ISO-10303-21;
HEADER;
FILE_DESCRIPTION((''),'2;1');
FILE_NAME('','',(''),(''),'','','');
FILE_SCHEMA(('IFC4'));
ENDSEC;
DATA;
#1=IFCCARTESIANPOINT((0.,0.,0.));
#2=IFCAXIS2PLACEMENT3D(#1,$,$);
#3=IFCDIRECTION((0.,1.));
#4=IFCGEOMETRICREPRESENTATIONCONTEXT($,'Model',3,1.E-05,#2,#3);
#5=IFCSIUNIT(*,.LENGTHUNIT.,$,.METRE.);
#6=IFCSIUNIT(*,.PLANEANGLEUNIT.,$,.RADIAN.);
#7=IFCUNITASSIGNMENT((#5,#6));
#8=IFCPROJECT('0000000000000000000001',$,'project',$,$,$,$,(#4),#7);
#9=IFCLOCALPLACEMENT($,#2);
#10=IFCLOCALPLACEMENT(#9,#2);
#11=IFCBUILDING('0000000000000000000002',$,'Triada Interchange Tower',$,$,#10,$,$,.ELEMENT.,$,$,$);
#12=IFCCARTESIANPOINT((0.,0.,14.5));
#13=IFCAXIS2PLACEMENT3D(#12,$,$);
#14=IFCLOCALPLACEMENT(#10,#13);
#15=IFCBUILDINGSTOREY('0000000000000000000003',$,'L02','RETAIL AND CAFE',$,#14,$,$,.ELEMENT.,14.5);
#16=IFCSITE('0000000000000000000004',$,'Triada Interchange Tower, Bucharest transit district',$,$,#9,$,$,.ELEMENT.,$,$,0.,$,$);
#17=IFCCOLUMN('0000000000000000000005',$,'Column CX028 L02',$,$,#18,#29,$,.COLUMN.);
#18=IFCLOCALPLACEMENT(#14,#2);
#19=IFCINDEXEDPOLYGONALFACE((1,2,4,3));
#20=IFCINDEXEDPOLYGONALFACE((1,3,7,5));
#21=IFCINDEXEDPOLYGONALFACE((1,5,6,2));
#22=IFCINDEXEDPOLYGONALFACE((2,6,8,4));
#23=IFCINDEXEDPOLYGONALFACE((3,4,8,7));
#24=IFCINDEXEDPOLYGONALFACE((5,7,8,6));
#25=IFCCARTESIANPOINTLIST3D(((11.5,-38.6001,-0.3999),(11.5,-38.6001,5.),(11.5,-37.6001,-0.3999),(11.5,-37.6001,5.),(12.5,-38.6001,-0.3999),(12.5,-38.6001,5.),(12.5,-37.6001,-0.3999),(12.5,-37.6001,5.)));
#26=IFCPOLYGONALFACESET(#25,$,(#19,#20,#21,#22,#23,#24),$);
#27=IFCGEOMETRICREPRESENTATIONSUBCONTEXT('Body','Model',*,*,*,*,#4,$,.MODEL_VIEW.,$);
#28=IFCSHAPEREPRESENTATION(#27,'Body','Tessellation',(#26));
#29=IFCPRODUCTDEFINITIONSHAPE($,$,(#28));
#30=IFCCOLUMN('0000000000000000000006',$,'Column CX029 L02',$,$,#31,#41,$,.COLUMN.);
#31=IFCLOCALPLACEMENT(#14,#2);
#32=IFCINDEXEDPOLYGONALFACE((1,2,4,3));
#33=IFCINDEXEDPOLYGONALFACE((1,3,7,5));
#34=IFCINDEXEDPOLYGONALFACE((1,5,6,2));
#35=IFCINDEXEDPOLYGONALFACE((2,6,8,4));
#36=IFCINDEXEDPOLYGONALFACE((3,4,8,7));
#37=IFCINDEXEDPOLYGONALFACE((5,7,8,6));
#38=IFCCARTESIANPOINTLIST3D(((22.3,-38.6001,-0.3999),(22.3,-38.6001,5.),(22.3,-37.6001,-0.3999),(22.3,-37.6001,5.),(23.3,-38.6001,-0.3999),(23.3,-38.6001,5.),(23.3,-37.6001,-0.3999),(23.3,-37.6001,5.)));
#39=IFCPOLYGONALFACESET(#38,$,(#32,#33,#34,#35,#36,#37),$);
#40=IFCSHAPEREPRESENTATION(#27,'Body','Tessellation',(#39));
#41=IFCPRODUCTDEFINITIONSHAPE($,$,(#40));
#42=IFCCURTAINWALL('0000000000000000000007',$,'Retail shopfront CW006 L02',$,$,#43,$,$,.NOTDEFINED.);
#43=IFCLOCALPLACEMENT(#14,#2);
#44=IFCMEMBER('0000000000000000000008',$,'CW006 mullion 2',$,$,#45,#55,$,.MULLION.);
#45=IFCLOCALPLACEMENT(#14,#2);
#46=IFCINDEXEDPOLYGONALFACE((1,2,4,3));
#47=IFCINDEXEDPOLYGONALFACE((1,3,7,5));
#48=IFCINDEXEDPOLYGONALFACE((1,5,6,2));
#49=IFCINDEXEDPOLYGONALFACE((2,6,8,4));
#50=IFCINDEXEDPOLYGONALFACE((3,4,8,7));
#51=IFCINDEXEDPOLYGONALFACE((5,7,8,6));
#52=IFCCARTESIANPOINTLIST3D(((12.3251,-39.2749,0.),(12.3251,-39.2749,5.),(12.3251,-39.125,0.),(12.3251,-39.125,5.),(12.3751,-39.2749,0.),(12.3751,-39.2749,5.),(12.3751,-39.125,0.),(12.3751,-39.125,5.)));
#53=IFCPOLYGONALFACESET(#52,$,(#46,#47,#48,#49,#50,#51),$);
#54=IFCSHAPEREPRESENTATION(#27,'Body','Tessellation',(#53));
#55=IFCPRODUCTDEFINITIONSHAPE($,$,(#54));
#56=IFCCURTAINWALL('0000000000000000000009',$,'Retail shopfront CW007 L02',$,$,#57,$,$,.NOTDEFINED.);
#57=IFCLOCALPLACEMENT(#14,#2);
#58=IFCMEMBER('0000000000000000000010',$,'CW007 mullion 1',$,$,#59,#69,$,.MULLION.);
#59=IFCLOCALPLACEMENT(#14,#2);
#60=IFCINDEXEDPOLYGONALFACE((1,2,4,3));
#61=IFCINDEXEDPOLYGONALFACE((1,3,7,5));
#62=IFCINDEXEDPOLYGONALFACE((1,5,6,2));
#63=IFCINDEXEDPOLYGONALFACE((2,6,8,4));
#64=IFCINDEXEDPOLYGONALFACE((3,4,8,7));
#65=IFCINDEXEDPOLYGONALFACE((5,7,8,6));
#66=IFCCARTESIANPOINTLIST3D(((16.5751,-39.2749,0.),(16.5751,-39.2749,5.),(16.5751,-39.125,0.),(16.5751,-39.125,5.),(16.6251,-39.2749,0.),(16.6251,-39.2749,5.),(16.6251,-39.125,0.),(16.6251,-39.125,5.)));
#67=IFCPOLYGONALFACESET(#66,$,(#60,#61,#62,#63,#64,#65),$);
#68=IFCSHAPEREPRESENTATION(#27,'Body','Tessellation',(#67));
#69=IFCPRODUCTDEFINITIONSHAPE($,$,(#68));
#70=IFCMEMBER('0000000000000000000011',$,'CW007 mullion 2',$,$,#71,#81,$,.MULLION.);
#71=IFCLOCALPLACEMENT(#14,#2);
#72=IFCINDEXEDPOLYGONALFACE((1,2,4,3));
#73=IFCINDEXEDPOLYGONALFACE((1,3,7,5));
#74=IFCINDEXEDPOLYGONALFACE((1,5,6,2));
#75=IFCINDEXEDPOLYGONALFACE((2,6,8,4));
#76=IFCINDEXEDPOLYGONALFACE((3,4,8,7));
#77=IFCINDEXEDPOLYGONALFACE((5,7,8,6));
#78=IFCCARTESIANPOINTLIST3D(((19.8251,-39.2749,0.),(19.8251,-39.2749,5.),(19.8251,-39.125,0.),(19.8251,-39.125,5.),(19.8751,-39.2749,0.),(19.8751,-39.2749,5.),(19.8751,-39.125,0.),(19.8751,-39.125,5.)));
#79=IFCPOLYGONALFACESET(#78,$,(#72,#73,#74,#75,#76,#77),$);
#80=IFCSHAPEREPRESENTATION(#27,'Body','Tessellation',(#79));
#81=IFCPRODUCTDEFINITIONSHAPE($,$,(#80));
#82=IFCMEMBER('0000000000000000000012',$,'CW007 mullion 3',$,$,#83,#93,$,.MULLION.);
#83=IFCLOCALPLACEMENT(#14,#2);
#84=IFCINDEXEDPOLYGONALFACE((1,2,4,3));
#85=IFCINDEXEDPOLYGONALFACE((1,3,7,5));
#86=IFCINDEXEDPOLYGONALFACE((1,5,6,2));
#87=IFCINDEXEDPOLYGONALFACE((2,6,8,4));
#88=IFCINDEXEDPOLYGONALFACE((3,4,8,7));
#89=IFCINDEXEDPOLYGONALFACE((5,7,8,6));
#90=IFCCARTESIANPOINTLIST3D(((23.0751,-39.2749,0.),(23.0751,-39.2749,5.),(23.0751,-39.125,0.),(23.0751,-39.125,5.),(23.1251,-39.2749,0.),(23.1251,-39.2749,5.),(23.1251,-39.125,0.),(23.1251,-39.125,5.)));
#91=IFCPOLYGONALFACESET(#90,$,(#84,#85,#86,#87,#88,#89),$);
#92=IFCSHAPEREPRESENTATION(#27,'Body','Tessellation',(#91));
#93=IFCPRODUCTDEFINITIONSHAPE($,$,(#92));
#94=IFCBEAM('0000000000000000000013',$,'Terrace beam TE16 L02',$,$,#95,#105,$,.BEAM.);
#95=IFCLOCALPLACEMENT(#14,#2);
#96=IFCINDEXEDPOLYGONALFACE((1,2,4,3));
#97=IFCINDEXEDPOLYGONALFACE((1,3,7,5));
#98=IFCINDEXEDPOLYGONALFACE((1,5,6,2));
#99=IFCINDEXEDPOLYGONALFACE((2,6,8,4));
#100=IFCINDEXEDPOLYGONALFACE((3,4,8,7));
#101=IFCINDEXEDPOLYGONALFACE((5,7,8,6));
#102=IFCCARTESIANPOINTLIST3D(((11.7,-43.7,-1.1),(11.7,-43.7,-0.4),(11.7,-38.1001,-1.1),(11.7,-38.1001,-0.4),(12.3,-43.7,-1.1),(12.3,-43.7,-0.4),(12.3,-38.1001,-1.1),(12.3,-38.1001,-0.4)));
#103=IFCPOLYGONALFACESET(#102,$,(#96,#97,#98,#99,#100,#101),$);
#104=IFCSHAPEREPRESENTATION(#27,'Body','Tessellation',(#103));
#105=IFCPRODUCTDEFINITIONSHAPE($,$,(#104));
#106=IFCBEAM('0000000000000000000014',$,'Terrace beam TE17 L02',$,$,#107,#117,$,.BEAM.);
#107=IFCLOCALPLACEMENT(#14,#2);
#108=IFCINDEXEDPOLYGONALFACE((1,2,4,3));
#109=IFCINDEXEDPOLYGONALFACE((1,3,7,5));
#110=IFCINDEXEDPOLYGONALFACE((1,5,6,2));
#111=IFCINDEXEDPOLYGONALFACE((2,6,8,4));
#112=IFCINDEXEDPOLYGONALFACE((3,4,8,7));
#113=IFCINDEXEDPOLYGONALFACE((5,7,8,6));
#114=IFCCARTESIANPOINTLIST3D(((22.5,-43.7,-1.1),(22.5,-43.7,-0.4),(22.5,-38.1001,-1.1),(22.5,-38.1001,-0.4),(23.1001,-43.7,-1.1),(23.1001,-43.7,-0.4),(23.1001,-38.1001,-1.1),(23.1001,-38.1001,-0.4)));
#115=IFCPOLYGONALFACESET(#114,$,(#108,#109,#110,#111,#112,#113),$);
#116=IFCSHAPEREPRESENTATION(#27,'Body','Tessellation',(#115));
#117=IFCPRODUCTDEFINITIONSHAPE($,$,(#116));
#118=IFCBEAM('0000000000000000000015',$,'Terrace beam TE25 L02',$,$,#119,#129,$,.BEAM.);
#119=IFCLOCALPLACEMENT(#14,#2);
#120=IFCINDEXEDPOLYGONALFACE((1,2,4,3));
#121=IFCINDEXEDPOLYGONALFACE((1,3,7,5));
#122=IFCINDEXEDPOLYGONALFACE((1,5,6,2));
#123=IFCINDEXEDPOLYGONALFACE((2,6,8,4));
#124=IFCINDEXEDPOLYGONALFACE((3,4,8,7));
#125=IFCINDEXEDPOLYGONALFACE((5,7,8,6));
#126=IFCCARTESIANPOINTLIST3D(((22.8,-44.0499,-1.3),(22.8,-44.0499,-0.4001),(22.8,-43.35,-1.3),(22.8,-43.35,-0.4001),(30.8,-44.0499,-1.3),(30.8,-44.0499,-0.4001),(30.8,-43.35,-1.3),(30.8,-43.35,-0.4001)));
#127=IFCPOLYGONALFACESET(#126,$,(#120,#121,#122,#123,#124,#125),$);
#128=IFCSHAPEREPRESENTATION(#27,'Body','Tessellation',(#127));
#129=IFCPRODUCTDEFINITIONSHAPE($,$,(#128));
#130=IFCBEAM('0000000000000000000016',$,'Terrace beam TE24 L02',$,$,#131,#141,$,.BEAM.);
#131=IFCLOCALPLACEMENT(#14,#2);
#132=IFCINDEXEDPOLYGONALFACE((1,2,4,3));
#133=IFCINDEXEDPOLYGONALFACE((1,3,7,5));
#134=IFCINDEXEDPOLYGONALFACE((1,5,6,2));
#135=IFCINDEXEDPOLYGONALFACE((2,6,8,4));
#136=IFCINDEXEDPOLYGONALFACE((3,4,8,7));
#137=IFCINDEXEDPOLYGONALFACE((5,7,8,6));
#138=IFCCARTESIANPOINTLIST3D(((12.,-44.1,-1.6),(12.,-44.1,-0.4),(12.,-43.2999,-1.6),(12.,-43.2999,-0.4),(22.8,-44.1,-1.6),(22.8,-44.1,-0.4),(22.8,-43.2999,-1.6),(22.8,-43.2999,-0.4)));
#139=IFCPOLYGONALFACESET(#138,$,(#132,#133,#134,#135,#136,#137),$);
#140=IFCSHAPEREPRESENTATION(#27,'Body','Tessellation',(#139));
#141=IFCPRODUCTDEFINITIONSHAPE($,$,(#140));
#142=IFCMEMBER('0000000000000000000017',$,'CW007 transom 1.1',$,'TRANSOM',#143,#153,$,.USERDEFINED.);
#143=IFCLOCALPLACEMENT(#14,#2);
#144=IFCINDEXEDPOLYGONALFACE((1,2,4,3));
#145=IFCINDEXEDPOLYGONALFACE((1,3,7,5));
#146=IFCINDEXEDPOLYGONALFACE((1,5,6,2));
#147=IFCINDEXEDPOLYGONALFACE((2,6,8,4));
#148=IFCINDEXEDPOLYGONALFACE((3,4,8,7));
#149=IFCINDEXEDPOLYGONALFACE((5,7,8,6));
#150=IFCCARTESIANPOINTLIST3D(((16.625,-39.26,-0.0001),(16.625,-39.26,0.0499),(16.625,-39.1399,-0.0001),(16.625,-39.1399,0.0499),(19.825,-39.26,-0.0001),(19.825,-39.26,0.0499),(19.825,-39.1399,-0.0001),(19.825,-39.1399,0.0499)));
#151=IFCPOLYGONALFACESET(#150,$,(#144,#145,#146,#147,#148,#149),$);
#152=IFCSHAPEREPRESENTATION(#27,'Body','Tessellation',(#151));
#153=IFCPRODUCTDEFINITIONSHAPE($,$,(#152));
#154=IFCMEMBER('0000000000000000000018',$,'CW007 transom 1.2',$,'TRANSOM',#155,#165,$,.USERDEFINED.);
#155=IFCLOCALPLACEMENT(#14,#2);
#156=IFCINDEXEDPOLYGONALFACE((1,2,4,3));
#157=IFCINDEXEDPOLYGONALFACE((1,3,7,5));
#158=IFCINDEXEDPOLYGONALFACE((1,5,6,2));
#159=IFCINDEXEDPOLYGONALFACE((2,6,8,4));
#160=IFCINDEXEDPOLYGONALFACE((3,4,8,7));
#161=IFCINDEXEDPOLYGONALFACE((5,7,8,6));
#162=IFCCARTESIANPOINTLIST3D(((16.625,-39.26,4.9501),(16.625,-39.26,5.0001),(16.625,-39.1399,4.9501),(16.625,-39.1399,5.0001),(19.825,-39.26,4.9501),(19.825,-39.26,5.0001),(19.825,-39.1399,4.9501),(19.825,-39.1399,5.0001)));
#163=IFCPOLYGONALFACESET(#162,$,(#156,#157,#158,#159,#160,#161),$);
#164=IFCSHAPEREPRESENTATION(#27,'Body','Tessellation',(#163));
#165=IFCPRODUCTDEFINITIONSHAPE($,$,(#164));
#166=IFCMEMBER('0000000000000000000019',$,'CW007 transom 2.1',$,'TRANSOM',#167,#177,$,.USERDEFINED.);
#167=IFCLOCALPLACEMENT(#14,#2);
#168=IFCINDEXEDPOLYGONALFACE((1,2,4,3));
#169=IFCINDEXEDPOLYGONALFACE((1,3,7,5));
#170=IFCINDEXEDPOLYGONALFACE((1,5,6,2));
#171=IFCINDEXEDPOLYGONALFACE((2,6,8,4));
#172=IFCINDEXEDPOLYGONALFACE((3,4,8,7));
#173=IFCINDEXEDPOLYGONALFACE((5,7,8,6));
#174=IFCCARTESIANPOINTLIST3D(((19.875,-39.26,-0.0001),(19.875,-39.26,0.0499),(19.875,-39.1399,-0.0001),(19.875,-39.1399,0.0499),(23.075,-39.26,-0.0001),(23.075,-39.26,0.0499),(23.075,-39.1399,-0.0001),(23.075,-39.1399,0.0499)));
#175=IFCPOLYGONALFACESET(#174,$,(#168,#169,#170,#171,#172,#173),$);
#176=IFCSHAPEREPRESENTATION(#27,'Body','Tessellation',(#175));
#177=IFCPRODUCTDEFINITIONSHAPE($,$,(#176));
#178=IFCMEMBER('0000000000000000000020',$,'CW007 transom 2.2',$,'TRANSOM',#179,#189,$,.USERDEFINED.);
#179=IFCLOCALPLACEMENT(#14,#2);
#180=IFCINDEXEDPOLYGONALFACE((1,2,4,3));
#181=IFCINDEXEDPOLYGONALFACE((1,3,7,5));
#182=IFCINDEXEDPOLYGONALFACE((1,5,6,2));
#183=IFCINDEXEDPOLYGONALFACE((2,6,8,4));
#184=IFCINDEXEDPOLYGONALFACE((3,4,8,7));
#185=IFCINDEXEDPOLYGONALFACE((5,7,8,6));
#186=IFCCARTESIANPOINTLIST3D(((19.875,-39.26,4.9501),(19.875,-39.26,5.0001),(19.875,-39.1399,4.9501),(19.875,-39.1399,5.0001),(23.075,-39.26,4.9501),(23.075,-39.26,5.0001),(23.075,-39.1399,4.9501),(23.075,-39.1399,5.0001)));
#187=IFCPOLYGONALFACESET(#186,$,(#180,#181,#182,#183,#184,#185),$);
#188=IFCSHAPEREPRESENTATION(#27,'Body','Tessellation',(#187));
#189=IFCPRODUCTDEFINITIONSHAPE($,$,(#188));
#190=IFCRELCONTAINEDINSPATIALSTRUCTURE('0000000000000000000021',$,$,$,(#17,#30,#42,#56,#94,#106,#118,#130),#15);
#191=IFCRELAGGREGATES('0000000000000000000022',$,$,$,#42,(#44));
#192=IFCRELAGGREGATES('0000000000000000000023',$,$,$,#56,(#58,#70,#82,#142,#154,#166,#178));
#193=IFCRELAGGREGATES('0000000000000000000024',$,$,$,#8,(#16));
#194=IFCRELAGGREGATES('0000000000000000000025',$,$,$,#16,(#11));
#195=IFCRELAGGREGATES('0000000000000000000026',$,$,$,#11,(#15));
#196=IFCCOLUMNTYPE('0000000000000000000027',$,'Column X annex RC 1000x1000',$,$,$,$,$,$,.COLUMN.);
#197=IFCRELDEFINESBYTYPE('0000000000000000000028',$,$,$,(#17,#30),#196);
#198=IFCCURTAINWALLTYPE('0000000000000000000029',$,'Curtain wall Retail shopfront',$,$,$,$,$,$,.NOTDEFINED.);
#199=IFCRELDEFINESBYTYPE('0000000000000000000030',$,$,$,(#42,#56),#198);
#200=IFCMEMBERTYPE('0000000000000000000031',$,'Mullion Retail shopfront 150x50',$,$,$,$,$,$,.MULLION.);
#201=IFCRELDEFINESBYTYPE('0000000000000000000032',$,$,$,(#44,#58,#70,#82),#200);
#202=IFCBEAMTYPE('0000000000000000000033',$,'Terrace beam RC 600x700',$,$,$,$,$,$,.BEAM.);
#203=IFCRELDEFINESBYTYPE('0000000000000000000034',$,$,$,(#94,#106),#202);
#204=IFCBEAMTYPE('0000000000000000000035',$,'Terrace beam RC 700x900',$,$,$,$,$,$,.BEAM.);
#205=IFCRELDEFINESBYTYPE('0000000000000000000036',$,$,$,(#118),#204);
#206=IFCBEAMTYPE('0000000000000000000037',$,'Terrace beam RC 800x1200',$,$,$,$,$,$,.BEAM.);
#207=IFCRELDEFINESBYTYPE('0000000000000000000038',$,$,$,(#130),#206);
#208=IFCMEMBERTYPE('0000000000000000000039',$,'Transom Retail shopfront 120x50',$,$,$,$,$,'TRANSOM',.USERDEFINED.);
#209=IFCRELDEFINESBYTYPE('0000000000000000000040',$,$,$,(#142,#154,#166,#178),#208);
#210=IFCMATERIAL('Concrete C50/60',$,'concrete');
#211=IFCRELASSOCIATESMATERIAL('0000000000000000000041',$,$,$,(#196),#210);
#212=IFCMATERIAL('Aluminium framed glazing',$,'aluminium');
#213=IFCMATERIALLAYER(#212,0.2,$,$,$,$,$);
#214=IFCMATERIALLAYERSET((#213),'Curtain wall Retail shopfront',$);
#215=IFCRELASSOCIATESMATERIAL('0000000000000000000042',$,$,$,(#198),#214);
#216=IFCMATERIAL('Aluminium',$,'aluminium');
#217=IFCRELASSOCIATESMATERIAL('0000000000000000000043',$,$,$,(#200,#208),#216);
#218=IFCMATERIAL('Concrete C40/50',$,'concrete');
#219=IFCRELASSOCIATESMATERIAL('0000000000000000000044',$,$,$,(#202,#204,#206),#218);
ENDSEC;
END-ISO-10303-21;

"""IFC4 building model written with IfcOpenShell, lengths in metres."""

from ifc_helpers import new_model, si_unit, direction, frame, origin, origin_2d, place, context, subcontext, project, spatial, rectangle, extrude, material, layer, layer_set, material_profile, profile_set, type_object, element, aggregate, save


model = new_model("IFC4")

# Units and contexts
model_context = context("Model", 3, precision=1e-05, world=origin(), true_north=direction((0.0, 1.0)))
body_context = subcontext(model_context, "Body", "Model", "MODEL_VIEW")
ifc_project = project(units=[si_unit("LENGTHUNIT", "METRE"), si_unit("PLANEANGLEUNIT", "RADIAN")], contexts=[model_context])

# Site, building, storey
site_placement = place(None, origin())
site = spatial("IfcSite", under=ifc_project, at=site_placement, Name="Triada Interchange Tower, Bucharest transit district", CompositionType="ELEMENT", RefElevation=0.0)
building_placement = place(site_placement, origin())
building = spatial("IfcBuilding", under=site, at=building_placement, Name="Triada Interchange Tower", CompositionType="ELEMENT")
storey_placement = place(building_placement, frame((0.0, 0.0, 14.5)))
storey = spatial("IfcBuildingStorey", under=building, at=storey_placement, Name="L02", Description="RETAIL AND CAFE", CompositionType="ELEMENT", Elevation=14.5)

# Columns
ifc_material_1 = material(Name="Concrete C50/60", Category="concrete")
ifc_material_profile_1 = material_profile(ifc_material_1, rectangle(XDim=1.0, YDim=1.0, at=origin_2d()), Name="RC 1000x1000")
ifc_profile_set_1 = profile_set([ifc_material_profile_1], Name="Concrete C50/60")
column_type = type_object("IfcColumnType", Name="Column X annex RC 1000x1000", PredefinedType="COLUMN", material=ifc_profile_set_1)
for number, where, z_axis, x_axis, name in (
    (1, (12.0, -38.1001, -0.3999), (0.0, 0.0, 1.0), (1.0, 0.0, 0.0), "Column CX028 L02"),
    (2, (22.8, -38.1001, -0.3999), (0.0, 0.0, 1.0), (1.0, 0.0, 0.0), "Column CX029 L02"),
):
    element("IfcColumn", number, at=place(storey_placement, frame(where, z_axis=z_axis, x_axis=x_axis)), inside=storey, type_object=column_type, Name=name, PredefinedType="COLUMN", context=body_context, shape_type="SweptSolid", body=[
        extrude(rectangle(XDim=1.0, YDim=1.0, at=origin_2d()), origin(), (0.0, 0.0, 1.0), 5.3999),
    ])

# Curtain wall, member
ifc_material_2 = material(Name="Aluminium framed glazing", Category="aluminium")
ifc_layer_1 = layer(ifc_material_2, 0.2)
ifc_layer_set_1 = layer_set([ifc_layer_1], Name="Curtain wall Retail shopfront")
curtain_wall_type = type_object("IfcCurtainWallType", Name="Curtain wall Retail shopfront", PredefinedType="NOTDEFINED", material=ifc_layer_set_1)
curtain_wall_1_placement = place(storey_placement, origin())
curtain_wall_1 = element("IfcCurtainWall", 3, at=curtain_wall_1_placement, inside=storey, type_object=curtain_wall_type, Name="Retail shopfront CW006 L02", PredefinedType="NOTDEFINED")
ifc_material_3 = material(Name="Aluminium", Category="aluminium")
ifc_material_profile_2 = material_profile(ifc_material_3, rectangle(XDim=0.1499, YDim=0.05, at=origin_2d()), Name="Aluminium mullion")
ifc_profile_set_2 = profile_set([ifc_material_profile_2], Name="Aluminium")
member_type_1 = type_object("IfcMemberType", Name="Mullion Retail shopfront 150x50", PredefinedType="MULLION", material=ifc_profile_set_2)
member_1_placement = place(storey_placement, frame((12.3501, -39.2, 0.0), z_axis=(0.0, 0.0, 1.0), x_axis=(0.0, 1.0, 0.0)))
member_1 = element("IfcMember", 4, at=member_1_placement, type_object=member_type_1, Name="CW006 mullion 2", PredefinedType="MULLION", context=body_context, shape_type="SweptSolid", body=[
    extrude(rectangle(XDim=0.1499, YDim=0.05, at=origin_2d()), origin(), (0.0, 0.0, 1.0), 5.0),
])

# Curtain wall, members
curtain_wall_2_placement = place(storey_placement, origin())
curtain_wall_2 = element("IfcCurtainWall", 5, at=curtain_wall_2_placement, inside=storey, type_object=curtain_wall_type, Name="Retail shopfront CW007 L02", PredefinedType="NOTDEFINED")
member_2_placement = place(storey_placement, frame((16.6001, -39.2, 0.0), z_axis=(0.0, 0.0, 1.0), x_axis=(0.0, 1.0, 0.0)))
member_2 = element("IfcMember", 6, at=member_2_placement, type_object=member_type_1, Name="CW007 mullion 1", PredefinedType="MULLION", context=body_context, shape_type="SweptSolid", body=[
    extrude(rectangle(XDim=0.1499, YDim=0.05, at=origin_2d()), origin(), (0.0, 0.0, 1.0), 5.0),
])
member_3_placement = place(storey_placement, frame((19.8501, -39.2, 0.0), z_axis=(0.0, 0.0, 1.0), x_axis=(0.0, 1.0, 0.0)))
member_3 = element("IfcMember", 7, at=member_3_placement, type_object=member_type_1, Name="CW007 mullion 2", PredefinedType="MULLION", context=body_context, shape_type="SweptSolid", body=[
    extrude(rectangle(XDim=0.1499, YDim=0.05, at=origin_2d()), origin(), (0.0, 0.0, 1.0), 5.0),
])
member_4_placement = place(storey_placement, frame((23.1001, -39.2, 0.0), z_axis=(0.0, 0.0, 1.0), x_axis=(0.0, 1.0, 0.0)))
member_4 = element("IfcMember", 8, at=member_4_placement, type_object=member_type_1, Name="CW007 mullion 3", PredefinedType="MULLION", context=body_context, shape_type="SweptSolid", body=[
    extrude(rectangle(XDim=0.1499, YDim=0.05, at=origin_2d()), origin(), (0.0, 0.0, 1.0), 5.0),
])

# Beams
ifc_material_4 = material(Name="Concrete C40/50", Category="concrete")
ifc_material_profile_3 = material_profile(ifc_material_4, rectangle(XDim=0.6001, YDim=0.7, at=origin_2d()), Name="RC 600x700")
ifc_profile_set_3 = profile_set([ifc_material_profile_3], Name="Concrete C40/50")
beam_type_1 = type_object("IfcBeamType", Name="Terrace beam RC 600x700", PredefinedType="BEAM", material=ifc_profile_set_3)
for number, where, z_axis, x_axis, name in (
    (9, (12.0, -43.7, -0.75), (0.0, 1.0, 0.0), (-1.0, 0.0, 0.0), "Terrace beam TE16 L02"),
    (10, (22.8, -43.7, -0.75), (0.0, 1.0, 0.0), (-1.0, 0.0, 0.0), "Terrace beam TE17 L02"),
):
    element("IfcBeam", number, at=place(storey_placement, frame(where, z_axis=z_axis, x_axis=x_axis)), inside=storey, type_object=beam_type_1, Name=name, PredefinedType="BEAM", context=body_context, shape_type="SweptSolid", body=[
        extrude(rectangle(XDim=0.6001, YDim=0.7, at=origin_2d()), origin(), (0.0, 0.0, 1.0), 5.5999),
    ])
ifc_material_profile_4 = material_profile(ifc_material_4, rectangle(XDim=0.7, YDim=0.8999, at=origin_2d()), Name="RC 700x900")
ifc_profile_set_4 = profile_set([ifc_material_profile_4], Name="Concrete C40/50")
beam_type_2 = type_object("IfcBeamType", Name="Terrace beam RC 700x900", PredefinedType="BEAM", material=ifc_profile_set_4)
beam_1_placement = place(storey_placement, frame((22.8, -43.7, -0.8501), z_axis=(1.0, 0.0, 0.0), x_axis=(0.0, 1.0, 0.0)))
element("IfcBeam", 11, at=beam_1_placement, inside=storey, type_object=beam_type_2, Name="Terrace beam TE25 L02", PredefinedType="BEAM", context=body_context, shape_type="SweptSolid", body=[
    extrude(rectangle(XDim=0.7, YDim=0.8999, at=origin_2d()), origin(), (0.0, 0.0, 1.0), 8.0),
])
ifc_material_profile_5 = material_profile(ifc_material_4, rectangle(XDim=0.8, YDim=1.2, at=origin_2d()), Name="RC 800x1200")
ifc_profile_set_5 = profile_set([ifc_material_profile_5], Name="Concrete C40/50")
beam_type_3 = type_object("IfcBeamType", Name="Terrace beam RC 800x1200", PredefinedType="BEAM", material=ifc_profile_set_5)
beam_2_placement = place(storey_placement, frame((12.0, -43.7, -1.0), z_axis=(1.0, 0.0, 0.0), x_axis=(0.0, 1.0, 0.0)))
element("IfcBeam", 12, at=beam_2_placement, inside=storey, type_object=beam_type_3, Name="Terrace beam TE24 L02", PredefinedType="BEAM", context=body_context, shape_type="SweptSolid", body=[
    extrude(rectangle(XDim=0.8, YDim=1.2, at=origin_2d()), origin(), (0.0, 0.0, 1.0), 10.8),
])

# Members
ifc_material_profile_6 = material_profile(ifc_material_3, rectangle(XDim=0.1201, YDim=0.05, at=origin_2d()), Name="Aluminium transom")
ifc_profile_set_6 = profile_set([ifc_material_profile_6], Name="Aluminium")
member_type_2 = type_object("IfcMemberType", Name="Transom Retail shopfront 120x50", ElementType="TRANSOM", PredefinedType="USERDEFINED", material=ifc_profile_set_6)
member_5_placement = place(storey_placement, frame((16.625, -39.2, 0.0249), z_axis=(1.0, 0.0, 0.0), x_axis=(0.0, 1.0, 0.0)))
member_5 = element("IfcMember", 13, at=member_5_placement, type_object=member_type_2, Name="CW007 transom 1.1", ObjectType="TRANSOM", PredefinedType="USERDEFINED", context=body_context, shape_type="SweptSolid", body=[
    extrude(rectangle(XDim=0.1201, YDim=0.05, at=origin_2d()), origin(), (0.0, 0.0, 1.0), 3.2),
])
member_6_placement = place(storey_placement, frame((16.625, -39.2, 4.9751), z_axis=(1.0, 0.0, 0.0), x_axis=(0.0, 1.0, 0.0)))
member_6 = element("IfcMember", 14, at=member_6_placement, type_object=member_type_2, Name="CW007 transom 1.2", ObjectType="TRANSOM", PredefinedType="USERDEFINED", context=body_context, shape_type="SweptSolid", body=[
    extrude(rectangle(XDim=0.1201, YDim=0.05, at=origin_2d()), origin(), (0.0, 0.0, 1.0), 3.2),
])
member_7_placement = place(storey_placement, frame((19.875, -39.2, 0.0249), z_axis=(1.0, 0.0, 0.0), x_axis=(0.0, 1.0, 0.0)))
member_7 = element("IfcMember", 15, at=member_7_placement, type_object=member_type_2, Name="CW007 transom 2.1", ObjectType="TRANSOM", PredefinedType="USERDEFINED", context=body_context, shape_type="SweptSolid", body=[
    extrude(rectangle(XDim=0.1201, YDim=0.05, at=origin_2d()), origin(), (0.0, 0.0, 1.0), 3.2),
])
member_8_placement = place(storey_placement, frame((19.875, -39.2, 4.9751), z_axis=(1.0, 0.0, 0.0), x_axis=(0.0, 1.0, 0.0)))
member_8 = element("IfcMember", 16, at=member_8_placement, type_object=member_type_2, Name="CW007 transom 2.2", ObjectType="TRANSOM", PredefinedType="USERDEFINED", context=body_context, shape_type="SweptSolid", body=[
    extrude(rectangle(XDim=0.1201, YDim=0.05, at=origin_2d()), origin(), (0.0, 0.0, 1.0), 3.2),
])

aggregate(curtain_wall_1, [member_1])
aggregate(curtain_wall_2, [member_2, member_3, member_4, member_5, member_6, member_7, member_8])

save(model, "model.ifc")
